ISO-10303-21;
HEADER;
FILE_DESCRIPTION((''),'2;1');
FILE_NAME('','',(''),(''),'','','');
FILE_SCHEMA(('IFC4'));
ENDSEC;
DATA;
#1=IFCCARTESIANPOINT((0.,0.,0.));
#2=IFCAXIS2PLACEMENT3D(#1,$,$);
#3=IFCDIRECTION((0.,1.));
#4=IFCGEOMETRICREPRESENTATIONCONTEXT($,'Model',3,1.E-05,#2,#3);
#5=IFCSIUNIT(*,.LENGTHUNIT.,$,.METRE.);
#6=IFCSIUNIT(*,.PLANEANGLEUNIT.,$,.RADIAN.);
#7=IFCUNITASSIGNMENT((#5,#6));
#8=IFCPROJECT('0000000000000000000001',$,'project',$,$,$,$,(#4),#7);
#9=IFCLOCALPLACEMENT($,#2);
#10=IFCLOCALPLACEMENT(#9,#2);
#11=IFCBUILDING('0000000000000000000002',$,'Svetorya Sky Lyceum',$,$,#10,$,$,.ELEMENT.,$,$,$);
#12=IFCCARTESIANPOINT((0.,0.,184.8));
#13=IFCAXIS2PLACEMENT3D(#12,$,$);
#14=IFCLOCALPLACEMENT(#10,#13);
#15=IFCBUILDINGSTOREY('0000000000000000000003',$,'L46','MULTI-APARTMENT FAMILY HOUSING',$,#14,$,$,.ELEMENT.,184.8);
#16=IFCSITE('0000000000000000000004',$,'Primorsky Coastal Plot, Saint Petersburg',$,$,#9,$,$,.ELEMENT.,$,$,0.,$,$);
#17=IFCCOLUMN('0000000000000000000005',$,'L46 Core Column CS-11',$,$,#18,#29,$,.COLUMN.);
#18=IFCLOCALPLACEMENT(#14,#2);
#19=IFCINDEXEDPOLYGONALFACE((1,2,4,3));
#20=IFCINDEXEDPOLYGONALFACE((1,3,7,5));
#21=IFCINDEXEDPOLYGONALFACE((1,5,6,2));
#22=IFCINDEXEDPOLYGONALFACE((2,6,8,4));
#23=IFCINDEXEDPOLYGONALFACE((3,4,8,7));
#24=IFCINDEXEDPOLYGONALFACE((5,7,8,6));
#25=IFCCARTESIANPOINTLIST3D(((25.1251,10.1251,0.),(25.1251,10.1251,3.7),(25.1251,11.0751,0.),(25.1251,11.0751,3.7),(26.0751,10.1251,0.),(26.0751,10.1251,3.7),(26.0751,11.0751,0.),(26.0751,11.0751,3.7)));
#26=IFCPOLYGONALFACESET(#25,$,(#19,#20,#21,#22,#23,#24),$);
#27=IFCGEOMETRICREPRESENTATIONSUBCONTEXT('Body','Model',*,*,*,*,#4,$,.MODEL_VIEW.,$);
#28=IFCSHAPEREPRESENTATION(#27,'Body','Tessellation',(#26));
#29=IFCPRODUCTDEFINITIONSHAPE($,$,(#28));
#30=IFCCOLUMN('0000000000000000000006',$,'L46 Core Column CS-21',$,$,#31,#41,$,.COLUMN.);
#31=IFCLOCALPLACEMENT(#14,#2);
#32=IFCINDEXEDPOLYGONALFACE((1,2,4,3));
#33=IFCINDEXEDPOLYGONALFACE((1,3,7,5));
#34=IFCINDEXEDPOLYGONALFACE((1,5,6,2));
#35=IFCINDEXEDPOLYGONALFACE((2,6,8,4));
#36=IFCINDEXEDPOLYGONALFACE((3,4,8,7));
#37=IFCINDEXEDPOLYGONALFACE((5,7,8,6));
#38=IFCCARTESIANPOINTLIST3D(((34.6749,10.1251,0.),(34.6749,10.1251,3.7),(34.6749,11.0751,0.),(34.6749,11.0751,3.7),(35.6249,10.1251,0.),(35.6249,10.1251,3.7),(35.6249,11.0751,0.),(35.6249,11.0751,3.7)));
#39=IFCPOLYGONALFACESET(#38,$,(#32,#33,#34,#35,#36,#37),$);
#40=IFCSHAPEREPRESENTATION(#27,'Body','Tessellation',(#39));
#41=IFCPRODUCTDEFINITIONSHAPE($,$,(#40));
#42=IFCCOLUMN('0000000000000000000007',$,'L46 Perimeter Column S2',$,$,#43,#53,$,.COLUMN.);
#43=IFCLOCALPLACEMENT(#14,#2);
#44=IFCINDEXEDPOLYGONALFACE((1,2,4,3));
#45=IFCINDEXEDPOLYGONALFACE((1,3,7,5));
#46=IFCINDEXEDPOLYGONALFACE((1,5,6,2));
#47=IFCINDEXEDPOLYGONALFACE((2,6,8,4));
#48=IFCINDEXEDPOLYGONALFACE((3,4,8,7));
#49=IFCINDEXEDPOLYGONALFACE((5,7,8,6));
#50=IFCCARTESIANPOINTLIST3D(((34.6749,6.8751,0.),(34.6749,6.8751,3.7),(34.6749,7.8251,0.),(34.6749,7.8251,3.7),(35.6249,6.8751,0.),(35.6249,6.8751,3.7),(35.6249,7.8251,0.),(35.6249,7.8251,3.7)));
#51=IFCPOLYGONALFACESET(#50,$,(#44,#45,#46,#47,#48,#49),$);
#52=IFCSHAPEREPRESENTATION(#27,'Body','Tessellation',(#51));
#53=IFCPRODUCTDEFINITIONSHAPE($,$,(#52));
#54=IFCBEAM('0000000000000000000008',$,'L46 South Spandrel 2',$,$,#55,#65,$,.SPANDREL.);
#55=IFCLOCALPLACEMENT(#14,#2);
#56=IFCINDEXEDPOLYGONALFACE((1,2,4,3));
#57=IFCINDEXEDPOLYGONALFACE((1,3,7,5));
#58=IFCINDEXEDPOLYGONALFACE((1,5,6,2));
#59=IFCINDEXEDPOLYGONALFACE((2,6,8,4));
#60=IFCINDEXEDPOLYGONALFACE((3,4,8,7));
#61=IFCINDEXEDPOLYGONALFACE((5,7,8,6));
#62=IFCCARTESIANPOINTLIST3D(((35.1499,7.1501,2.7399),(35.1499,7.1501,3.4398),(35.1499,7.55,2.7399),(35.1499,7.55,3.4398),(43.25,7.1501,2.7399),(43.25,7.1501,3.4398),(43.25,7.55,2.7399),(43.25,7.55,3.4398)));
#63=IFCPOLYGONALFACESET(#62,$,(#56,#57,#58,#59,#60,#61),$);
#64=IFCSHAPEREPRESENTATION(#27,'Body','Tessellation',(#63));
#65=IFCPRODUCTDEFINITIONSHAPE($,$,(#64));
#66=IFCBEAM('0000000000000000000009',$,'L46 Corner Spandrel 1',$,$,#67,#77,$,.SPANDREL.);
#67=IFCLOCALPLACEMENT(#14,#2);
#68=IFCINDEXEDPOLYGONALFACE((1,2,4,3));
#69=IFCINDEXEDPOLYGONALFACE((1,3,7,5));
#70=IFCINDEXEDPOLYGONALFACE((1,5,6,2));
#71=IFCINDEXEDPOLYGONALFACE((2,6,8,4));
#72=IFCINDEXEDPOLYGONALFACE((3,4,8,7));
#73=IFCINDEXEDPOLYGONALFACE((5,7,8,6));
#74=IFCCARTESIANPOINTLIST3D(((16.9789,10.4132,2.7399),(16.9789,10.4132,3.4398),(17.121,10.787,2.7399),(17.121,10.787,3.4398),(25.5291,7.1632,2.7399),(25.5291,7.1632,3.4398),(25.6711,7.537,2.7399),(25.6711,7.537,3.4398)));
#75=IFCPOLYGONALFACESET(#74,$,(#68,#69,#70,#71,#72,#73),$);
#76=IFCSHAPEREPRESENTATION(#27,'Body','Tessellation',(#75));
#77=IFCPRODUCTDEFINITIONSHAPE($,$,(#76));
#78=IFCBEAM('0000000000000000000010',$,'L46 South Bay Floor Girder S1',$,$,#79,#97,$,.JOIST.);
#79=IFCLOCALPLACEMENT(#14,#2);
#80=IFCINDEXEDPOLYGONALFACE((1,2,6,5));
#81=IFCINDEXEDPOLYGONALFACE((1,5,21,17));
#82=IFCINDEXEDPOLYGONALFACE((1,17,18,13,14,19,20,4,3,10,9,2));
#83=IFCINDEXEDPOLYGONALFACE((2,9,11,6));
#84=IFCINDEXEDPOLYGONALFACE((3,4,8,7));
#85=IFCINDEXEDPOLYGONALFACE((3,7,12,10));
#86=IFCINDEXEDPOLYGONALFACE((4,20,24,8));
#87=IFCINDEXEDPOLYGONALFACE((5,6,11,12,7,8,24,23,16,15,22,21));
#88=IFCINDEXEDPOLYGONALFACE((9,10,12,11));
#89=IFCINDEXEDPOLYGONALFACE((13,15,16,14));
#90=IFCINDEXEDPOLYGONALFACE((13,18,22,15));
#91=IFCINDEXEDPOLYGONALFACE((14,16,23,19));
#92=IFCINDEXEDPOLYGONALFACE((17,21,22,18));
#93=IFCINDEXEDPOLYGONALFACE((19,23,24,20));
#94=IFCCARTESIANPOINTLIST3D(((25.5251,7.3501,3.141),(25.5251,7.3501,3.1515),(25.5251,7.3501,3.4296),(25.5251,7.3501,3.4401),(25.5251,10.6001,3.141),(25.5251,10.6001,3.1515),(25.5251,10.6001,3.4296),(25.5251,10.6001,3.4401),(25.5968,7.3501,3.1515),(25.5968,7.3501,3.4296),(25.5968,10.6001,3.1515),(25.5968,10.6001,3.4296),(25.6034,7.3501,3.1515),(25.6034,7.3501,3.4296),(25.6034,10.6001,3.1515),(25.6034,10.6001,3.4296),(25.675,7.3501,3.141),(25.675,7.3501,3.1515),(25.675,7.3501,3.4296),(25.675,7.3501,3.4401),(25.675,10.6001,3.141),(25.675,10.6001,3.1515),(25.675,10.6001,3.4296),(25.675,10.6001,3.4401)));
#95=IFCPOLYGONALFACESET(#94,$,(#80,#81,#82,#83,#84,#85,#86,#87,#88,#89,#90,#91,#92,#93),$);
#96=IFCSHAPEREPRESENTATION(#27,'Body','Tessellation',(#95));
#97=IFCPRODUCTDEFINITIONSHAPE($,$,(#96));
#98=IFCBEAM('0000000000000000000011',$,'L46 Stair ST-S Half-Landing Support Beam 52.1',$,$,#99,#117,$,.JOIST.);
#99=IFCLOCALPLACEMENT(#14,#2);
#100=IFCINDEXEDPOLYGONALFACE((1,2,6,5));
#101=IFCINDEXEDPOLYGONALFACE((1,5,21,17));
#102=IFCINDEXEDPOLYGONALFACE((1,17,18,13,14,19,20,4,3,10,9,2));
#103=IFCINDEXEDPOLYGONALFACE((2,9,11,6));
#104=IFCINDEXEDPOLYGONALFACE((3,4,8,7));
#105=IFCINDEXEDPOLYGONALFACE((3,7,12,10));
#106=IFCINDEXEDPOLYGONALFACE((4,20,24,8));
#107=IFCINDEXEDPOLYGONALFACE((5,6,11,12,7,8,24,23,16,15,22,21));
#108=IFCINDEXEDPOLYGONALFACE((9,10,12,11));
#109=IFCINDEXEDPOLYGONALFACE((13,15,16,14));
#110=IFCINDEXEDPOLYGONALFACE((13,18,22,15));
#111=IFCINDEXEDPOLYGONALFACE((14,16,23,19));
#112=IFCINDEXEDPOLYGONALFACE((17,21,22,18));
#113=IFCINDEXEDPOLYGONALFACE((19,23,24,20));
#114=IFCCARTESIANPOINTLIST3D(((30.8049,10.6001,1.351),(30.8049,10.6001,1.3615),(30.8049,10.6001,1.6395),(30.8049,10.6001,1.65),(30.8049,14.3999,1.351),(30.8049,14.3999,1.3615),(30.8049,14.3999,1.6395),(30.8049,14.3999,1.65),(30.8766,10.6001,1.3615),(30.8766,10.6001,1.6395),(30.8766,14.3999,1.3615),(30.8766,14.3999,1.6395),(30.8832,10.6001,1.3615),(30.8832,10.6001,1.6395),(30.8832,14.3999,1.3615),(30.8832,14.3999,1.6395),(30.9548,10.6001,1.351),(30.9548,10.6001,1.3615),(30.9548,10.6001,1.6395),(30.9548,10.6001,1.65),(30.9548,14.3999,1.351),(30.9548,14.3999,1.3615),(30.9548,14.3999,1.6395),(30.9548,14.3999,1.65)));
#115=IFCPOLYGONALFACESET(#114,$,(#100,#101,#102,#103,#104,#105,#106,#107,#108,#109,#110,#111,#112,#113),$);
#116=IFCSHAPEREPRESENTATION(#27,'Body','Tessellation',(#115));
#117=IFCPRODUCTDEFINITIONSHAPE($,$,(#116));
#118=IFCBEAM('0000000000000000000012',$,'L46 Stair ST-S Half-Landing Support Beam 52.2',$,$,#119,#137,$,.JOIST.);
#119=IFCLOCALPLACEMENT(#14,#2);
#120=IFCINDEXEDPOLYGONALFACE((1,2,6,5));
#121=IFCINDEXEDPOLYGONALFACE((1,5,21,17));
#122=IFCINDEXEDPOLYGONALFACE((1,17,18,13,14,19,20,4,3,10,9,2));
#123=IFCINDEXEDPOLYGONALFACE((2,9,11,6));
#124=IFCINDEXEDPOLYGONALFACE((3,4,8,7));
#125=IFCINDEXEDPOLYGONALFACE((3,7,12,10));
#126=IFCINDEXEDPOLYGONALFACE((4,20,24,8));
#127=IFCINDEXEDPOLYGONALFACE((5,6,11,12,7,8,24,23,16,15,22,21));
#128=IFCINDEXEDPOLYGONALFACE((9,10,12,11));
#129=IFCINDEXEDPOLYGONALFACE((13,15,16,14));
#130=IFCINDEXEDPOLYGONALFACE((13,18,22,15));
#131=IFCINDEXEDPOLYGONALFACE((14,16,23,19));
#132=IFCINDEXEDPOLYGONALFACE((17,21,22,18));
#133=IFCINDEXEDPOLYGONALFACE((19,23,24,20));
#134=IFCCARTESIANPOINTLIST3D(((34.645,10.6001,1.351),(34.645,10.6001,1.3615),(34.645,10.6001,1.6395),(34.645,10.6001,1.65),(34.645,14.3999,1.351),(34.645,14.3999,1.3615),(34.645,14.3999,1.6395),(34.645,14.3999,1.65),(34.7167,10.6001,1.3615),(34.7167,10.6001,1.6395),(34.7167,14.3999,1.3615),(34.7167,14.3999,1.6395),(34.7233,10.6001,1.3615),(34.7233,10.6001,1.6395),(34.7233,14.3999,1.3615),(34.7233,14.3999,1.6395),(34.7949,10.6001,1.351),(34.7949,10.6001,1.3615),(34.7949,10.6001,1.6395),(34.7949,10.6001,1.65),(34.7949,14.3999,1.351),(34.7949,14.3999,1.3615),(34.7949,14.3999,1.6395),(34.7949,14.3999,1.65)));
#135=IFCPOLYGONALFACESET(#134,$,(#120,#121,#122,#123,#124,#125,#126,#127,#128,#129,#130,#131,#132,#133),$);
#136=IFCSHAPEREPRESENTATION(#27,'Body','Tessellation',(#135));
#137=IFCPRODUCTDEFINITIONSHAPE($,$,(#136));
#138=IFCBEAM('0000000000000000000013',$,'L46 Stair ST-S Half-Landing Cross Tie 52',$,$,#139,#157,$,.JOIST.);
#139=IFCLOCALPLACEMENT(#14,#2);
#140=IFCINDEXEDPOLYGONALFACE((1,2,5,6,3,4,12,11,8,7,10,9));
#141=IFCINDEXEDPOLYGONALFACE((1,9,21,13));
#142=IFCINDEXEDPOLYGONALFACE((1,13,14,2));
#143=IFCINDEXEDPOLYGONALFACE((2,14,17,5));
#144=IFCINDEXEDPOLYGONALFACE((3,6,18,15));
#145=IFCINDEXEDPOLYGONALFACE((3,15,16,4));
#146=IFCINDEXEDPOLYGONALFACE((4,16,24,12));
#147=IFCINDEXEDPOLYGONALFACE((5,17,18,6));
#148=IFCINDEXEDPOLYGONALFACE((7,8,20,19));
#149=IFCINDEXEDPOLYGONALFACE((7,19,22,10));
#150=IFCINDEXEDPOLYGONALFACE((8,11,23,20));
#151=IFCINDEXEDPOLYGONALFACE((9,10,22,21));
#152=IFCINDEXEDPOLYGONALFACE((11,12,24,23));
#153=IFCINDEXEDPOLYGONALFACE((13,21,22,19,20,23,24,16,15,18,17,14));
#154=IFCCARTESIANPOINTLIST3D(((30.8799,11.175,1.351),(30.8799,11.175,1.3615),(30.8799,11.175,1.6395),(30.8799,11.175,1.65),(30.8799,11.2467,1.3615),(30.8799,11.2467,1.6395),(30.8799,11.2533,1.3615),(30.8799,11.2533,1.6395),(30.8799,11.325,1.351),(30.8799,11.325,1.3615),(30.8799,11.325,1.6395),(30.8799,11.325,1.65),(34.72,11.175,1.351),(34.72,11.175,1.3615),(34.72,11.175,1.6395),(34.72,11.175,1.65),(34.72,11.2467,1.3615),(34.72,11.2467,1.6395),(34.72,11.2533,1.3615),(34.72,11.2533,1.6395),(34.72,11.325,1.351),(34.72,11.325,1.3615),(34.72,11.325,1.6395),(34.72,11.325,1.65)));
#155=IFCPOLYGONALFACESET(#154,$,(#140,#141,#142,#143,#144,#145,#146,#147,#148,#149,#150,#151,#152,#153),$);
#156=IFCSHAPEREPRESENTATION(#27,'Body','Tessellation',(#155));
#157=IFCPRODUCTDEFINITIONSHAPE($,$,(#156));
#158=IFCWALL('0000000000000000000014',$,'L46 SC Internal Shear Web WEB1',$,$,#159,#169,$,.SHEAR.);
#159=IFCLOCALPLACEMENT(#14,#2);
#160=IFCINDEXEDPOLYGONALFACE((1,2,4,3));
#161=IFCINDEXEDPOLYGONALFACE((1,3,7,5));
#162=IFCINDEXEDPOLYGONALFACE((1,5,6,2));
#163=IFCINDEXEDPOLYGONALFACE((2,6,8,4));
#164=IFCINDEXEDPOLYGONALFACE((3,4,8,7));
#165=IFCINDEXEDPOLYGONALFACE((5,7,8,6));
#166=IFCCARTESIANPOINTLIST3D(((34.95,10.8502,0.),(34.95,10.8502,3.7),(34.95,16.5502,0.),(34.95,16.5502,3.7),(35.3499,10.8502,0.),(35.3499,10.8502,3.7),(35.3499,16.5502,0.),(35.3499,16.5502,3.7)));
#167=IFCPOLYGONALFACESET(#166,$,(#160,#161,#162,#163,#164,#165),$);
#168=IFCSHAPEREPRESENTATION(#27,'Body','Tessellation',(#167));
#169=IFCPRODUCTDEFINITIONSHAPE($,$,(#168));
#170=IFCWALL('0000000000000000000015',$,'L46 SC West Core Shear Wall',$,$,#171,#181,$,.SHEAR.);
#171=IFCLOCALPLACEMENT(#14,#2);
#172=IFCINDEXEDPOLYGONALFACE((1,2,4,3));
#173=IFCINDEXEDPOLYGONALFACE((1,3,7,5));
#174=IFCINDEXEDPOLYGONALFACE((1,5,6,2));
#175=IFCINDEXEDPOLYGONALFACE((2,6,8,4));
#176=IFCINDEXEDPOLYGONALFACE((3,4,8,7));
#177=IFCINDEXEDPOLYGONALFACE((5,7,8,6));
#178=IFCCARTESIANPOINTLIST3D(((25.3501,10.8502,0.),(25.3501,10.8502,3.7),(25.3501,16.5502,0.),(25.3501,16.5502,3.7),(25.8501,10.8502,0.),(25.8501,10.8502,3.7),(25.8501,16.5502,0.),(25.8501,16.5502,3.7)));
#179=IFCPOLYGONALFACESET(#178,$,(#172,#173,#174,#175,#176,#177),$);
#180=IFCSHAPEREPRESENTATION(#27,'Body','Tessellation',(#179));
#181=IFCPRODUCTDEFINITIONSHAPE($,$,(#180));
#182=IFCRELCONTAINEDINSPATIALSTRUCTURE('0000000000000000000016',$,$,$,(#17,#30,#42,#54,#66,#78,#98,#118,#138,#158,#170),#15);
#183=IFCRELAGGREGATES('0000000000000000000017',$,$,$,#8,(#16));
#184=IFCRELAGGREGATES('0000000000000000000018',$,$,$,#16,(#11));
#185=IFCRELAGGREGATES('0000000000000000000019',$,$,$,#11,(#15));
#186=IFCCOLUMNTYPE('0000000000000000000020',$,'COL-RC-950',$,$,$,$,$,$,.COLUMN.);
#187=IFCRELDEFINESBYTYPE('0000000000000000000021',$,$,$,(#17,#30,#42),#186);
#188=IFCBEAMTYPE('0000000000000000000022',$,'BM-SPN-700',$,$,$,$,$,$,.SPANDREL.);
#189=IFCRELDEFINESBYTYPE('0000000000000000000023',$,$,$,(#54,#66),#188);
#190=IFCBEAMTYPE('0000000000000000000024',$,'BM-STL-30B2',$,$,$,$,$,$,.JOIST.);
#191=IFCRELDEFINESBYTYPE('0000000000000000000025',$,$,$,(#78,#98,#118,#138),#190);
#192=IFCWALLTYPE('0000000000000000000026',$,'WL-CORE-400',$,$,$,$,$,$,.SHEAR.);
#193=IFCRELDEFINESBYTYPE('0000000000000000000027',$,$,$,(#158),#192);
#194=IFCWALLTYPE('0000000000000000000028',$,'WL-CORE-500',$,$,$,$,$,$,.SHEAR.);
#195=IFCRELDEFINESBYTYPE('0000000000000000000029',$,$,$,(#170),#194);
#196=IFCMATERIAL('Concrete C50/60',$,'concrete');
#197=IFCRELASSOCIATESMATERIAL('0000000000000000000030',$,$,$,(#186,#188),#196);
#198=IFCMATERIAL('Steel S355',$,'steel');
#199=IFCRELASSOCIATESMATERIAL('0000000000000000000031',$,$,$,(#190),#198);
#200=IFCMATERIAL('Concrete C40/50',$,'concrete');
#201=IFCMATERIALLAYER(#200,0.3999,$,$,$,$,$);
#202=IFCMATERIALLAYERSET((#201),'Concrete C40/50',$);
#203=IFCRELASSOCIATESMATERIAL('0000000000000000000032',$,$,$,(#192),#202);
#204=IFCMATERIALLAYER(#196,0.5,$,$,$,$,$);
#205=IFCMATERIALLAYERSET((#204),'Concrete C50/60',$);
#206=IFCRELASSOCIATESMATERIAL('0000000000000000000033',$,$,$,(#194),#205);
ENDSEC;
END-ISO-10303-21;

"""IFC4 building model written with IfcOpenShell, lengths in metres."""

from ifc_helpers import new_model, si_unit, direction, frame, frame_2d, origin, origin_2d, place, context, subcontext, project, spatial, rectangle, i_section, extrude, material, layer, layer_set, material_profile, profile_set, type_object, element, save


model = new_model("IFC4")

# Units and contexts
model_context = context("Model", 3, precision=1e-05, world=origin(), true_north=direction((0.0, 1.0)))
body_context = subcontext(model_context, "Body", "Model", "MODEL_VIEW")
ifc_project = project(units=[si_unit("LENGTHUNIT", "METRE"), si_unit("PLANEANGLEUNIT", "RADIAN")], contexts=[model_context])

# Site, building, storey
site_placement = place(None, origin())
site = spatial("IfcSite", under=ifc_project, at=site_placement, Name="Primorsky Coastal Plot, Saint Petersburg", CompositionType="ELEMENT", RefElevation=0.0)
building_placement = place(site_placement, origin())
building = spatial("IfcBuilding", under=site, at=building_placement, Name="Svetorya Sky Lyceum", CompositionType="ELEMENT")
storey_placement = place(building_placement, frame((0.0, 0.0, 184.8)))
storey = spatial("IfcBuildingStorey", under=building, at=storey_placement, Name="L46", Description="MULTI-APARTMENT FAMILY HOUSING", CompositionType="ELEMENT", Elevation=184.8)

# Columns
ifc_material_1 = material(Name="Concrete C50/60", Category="concrete")
ifc_material_profile_1 = material_profile(ifc_material_1, rectangle(XDim=0.95, YDim=0.95, at=origin_2d()), Name="RC COL 950x950")
ifc_profile_set_1 = profile_set([ifc_material_profile_1], Name="Concrete C50/60")
column_type = type_object("IfcColumnType", Name="COL-RC-950", PredefinedType="COLUMN", material=ifc_profile_set_1)
for number, where, z_axis, x_axis, name in (
    (1, (25.6001, 10.6001, 0.0), (0.0, 0.0, 1.0), (1.0, 0.0, 0.0), "L46 Core Column CS-11"),
    (2, (35.1499, 10.6001, 0.0), (0.0, 0.0, 1.0), (1.0, 0.0, 0.0), "L46 Core Column CS-21"),
    (3, (35.1499, 7.3501, 0.0), (0.0, 0.0, 1.0), (1.0, 0.0, 0.0), "L46 Perimeter Column S2"),
):
    element("IfcColumn", number, at=place(storey_placement, frame(where, z_axis=z_axis, x_axis=x_axis)), inside=storey, type_object=column_type, Name=name, PredefinedType="COLUMN", context=body_context, shape_type="SweptSolid", body=[
        extrude(rectangle(XDim=0.95, YDim=0.95, at=origin_2d()), origin(), (0.0, 0.0, 1.0), 3.7),
    ])

# Beams
ifc_material_profile_2 = material_profile(ifc_material_1, rectangle(XDim=0.3999, YDim=0.7, at=origin_2d()), Name="RC SPANDREL 400x700")
ifc_profile_set_2 = profile_set([ifc_material_profile_2], Name="Concrete C50/60")
beam_type_1 = type_object("IfcBeamType", Name="BM-SPN-700", PredefinedType="SPANDREL", material=ifc_profile_set_2)
beam_1_placement = place(storey_placement, frame((35.1499, 7.3501, 3.0898), z_axis=(1.0, 0.0, 0.0), x_axis=(0.0, 1.0, 0.0)))
element("IfcBeam", 4, at=beam_1_placement, inside=storey, type_object=beam_type_1, Name="L46 South Spandrel 2", PredefinedType="SPANDREL", context=body_context, shape_type="SweptSolid", body=[
    extrude(rectangle(XDim=0.3999, YDim=0.7, at=origin_2d()), origin(), (0.0, 0.0, 1.0), 8.1001),
])
beam_2_placement = place(storey_placement, frame((25.6001, 7.3501, 3.0898), z_axis=(-0.934748, 0.355312, 0.0), x_axis=(-0.355312, -0.934748, 0.0)))
element("IfcBeam", 5, at=beam_2_placement, inside=storey, type_object=beam_type_1, Name="L46 Corner Spandrel 1", PredefinedType="SPANDREL", context=body_context, shape_type="SweptSolid", body=[
    extrude(rectangle(XDim=0.3999, YDim=0.7, at=origin_2d()), origin(), (0.0, 0.0, 1.0), 9.147),
])
ifc_material_2 = material(Name="Steel S355", Category="steel")
ifc_material_profile_3 = material_profile(ifc_material_2, i_section(OverallWidth=0.1499, OverallDepth=0.2991, WebThickness=0.0066, FlangeThickness=0.0105, at=origin_2d()), Name="GOST 30B2")
ifc_profile_set_3 = profile_set([ifc_material_profile_3], Name="Steel S355")
beam_type_2 = type_object("IfcBeamType", Name="BM-STL-30B2", PredefinedType="JOIST", material=ifc_profile_set_3)
beam_3_placement = place(storey_placement, frame((25.6001, 7.3501, 3.2905), z_axis=(0.0, 1.0, 0.0), x_axis=(-1.0, 0.0, 0.0)))
element("IfcBeam", 6, at=beam_3_placement, inside=storey, type_object=beam_type_2, Name="L46 South Bay Floor Girder S1", PredefinedType="JOIST", context=body_context, shape_type="SweptSolid", body=[
    extrude(i_section(OverallWidth=0.1499, OverallDepth=0.2991, WebThickness=0.0066, FlangeThickness=0.0105, at=origin_2d()), origin(), (0.0, 0.0, 1.0), 3.25),
])
for number, where, z_axis, x_axis, name in (
    (7, (30.8799, 10.6001, 1.5005), (0.0, 1.0, 0.0), (-1.0, 0.0, 0.0), "L46 Stair ST-S Half-Landing Support Beam 52.1"),
    (8, (34.72, 10.6001, 1.5005), (0.0, 1.0, 0.0), (-1.0, 0.0, 0.0), "L46 Stair ST-S Half-Landing Support Beam 52.2"),
):
    element("IfcBeam", number, at=place(storey_placement, frame(where, z_axis=z_axis, x_axis=x_axis)), inside=storey, type_object=beam_type_2, Name=name, PredefinedType="JOIST", context=body_context, shape_type="SweptSolid", body=[
        extrude(i_section(OverallWidth=0.1499, OverallDepth=0.2991, WebThickness=0.0066, FlangeThickness=0.0105, at=origin_2d()), origin(), (0.0, 0.0, 1.0), 3.7998),
    ])
beam_4_placement = place(storey_placement, frame((30.8799, 11.25, 1.5005), z_axis=(1.0, 0.0, 0.0), x_axis=(0.0, 1.0, 0.0)))
element("IfcBeam", 9, at=beam_4_placement, inside=storey, type_object=beam_type_2, Name="L46 Stair ST-S Half-Landing Cross Tie 52", PredefinedType="JOIST", context=body_context, shape_type="SweptSolid", body=[
    extrude(i_section(OverallWidth=0.1499, OverallDepth=0.2991, WebThickness=0.0066, FlangeThickness=0.0105, at=origin_2d()), origin(), (0.0, 0.0, 1.0), 3.8401),
])

# Walls
ifc_material_3 = material(Name="Concrete C40/50", Category="concrete")
ifc_layer_1 = layer(ifc_material_3, 0.3999)
ifc_layer_set_1 = layer_set([ifc_layer_1], Name="Concrete C40/50")
wall_type_1 = type_object("IfcWallType", Name="WL-CORE-400", PredefinedType="SHEAR", material=ifc_layer_set_1)
wall_1_placement = place(storey_placement, frame((35.1499, 10.8501, 0.0), z_axis=(0.0, 0.0, 1.0), x_axis=(0.0, 1.0, 0.0)))
element("IfcWall", 10, at=wall_1_placement, inside=storey, type_object=wall_type_1, Name="L46 SC Internal Shear Web WEB1", PredefinedType="SHEAR", context=body_context, shape_type="SweptSolid", body=[
    extrude(rectangle(XDim=5.7, YDim=0.3999, at=frame_2d((2.8501, 0.0))), origin(), (0.0, 0.0, 1.0), 3.7),
])
ifc_layer_2 = layer(ifc_material_1, 0.5)
ifc_layer_set_2 = layer_set([ifc_layer_2], Name="Concrete C50/60")
wall_type_2 = type_object("IfcWallType", Name="WL-CORE-500", PredefinedType="SHEAR", material=ifc_layer_set_2)
wall_2_placement = place(storey_placement, frame((25.6001, 10.8501, 0.0), z_axis=(0.0, 0.0, 1.0), x_axis=(0.0, 1.0, 0.0)))
element("IfcWall", 11, at=wall_2_placement, inside=storey, type_object=wall_type_2, Name="L46 SC West Core Shear Wall", PredefinedType="SHEAR", context=body_context, shape_type="SweptSolid", body=[
    extrude(rectangle(XDim=5.7, YDim=0.5, at=frame_2d((2.8501, 0.0))), origin(), (0.0, 0.0, 1.0), 3.7),
])

save(model, "model.ifc")
